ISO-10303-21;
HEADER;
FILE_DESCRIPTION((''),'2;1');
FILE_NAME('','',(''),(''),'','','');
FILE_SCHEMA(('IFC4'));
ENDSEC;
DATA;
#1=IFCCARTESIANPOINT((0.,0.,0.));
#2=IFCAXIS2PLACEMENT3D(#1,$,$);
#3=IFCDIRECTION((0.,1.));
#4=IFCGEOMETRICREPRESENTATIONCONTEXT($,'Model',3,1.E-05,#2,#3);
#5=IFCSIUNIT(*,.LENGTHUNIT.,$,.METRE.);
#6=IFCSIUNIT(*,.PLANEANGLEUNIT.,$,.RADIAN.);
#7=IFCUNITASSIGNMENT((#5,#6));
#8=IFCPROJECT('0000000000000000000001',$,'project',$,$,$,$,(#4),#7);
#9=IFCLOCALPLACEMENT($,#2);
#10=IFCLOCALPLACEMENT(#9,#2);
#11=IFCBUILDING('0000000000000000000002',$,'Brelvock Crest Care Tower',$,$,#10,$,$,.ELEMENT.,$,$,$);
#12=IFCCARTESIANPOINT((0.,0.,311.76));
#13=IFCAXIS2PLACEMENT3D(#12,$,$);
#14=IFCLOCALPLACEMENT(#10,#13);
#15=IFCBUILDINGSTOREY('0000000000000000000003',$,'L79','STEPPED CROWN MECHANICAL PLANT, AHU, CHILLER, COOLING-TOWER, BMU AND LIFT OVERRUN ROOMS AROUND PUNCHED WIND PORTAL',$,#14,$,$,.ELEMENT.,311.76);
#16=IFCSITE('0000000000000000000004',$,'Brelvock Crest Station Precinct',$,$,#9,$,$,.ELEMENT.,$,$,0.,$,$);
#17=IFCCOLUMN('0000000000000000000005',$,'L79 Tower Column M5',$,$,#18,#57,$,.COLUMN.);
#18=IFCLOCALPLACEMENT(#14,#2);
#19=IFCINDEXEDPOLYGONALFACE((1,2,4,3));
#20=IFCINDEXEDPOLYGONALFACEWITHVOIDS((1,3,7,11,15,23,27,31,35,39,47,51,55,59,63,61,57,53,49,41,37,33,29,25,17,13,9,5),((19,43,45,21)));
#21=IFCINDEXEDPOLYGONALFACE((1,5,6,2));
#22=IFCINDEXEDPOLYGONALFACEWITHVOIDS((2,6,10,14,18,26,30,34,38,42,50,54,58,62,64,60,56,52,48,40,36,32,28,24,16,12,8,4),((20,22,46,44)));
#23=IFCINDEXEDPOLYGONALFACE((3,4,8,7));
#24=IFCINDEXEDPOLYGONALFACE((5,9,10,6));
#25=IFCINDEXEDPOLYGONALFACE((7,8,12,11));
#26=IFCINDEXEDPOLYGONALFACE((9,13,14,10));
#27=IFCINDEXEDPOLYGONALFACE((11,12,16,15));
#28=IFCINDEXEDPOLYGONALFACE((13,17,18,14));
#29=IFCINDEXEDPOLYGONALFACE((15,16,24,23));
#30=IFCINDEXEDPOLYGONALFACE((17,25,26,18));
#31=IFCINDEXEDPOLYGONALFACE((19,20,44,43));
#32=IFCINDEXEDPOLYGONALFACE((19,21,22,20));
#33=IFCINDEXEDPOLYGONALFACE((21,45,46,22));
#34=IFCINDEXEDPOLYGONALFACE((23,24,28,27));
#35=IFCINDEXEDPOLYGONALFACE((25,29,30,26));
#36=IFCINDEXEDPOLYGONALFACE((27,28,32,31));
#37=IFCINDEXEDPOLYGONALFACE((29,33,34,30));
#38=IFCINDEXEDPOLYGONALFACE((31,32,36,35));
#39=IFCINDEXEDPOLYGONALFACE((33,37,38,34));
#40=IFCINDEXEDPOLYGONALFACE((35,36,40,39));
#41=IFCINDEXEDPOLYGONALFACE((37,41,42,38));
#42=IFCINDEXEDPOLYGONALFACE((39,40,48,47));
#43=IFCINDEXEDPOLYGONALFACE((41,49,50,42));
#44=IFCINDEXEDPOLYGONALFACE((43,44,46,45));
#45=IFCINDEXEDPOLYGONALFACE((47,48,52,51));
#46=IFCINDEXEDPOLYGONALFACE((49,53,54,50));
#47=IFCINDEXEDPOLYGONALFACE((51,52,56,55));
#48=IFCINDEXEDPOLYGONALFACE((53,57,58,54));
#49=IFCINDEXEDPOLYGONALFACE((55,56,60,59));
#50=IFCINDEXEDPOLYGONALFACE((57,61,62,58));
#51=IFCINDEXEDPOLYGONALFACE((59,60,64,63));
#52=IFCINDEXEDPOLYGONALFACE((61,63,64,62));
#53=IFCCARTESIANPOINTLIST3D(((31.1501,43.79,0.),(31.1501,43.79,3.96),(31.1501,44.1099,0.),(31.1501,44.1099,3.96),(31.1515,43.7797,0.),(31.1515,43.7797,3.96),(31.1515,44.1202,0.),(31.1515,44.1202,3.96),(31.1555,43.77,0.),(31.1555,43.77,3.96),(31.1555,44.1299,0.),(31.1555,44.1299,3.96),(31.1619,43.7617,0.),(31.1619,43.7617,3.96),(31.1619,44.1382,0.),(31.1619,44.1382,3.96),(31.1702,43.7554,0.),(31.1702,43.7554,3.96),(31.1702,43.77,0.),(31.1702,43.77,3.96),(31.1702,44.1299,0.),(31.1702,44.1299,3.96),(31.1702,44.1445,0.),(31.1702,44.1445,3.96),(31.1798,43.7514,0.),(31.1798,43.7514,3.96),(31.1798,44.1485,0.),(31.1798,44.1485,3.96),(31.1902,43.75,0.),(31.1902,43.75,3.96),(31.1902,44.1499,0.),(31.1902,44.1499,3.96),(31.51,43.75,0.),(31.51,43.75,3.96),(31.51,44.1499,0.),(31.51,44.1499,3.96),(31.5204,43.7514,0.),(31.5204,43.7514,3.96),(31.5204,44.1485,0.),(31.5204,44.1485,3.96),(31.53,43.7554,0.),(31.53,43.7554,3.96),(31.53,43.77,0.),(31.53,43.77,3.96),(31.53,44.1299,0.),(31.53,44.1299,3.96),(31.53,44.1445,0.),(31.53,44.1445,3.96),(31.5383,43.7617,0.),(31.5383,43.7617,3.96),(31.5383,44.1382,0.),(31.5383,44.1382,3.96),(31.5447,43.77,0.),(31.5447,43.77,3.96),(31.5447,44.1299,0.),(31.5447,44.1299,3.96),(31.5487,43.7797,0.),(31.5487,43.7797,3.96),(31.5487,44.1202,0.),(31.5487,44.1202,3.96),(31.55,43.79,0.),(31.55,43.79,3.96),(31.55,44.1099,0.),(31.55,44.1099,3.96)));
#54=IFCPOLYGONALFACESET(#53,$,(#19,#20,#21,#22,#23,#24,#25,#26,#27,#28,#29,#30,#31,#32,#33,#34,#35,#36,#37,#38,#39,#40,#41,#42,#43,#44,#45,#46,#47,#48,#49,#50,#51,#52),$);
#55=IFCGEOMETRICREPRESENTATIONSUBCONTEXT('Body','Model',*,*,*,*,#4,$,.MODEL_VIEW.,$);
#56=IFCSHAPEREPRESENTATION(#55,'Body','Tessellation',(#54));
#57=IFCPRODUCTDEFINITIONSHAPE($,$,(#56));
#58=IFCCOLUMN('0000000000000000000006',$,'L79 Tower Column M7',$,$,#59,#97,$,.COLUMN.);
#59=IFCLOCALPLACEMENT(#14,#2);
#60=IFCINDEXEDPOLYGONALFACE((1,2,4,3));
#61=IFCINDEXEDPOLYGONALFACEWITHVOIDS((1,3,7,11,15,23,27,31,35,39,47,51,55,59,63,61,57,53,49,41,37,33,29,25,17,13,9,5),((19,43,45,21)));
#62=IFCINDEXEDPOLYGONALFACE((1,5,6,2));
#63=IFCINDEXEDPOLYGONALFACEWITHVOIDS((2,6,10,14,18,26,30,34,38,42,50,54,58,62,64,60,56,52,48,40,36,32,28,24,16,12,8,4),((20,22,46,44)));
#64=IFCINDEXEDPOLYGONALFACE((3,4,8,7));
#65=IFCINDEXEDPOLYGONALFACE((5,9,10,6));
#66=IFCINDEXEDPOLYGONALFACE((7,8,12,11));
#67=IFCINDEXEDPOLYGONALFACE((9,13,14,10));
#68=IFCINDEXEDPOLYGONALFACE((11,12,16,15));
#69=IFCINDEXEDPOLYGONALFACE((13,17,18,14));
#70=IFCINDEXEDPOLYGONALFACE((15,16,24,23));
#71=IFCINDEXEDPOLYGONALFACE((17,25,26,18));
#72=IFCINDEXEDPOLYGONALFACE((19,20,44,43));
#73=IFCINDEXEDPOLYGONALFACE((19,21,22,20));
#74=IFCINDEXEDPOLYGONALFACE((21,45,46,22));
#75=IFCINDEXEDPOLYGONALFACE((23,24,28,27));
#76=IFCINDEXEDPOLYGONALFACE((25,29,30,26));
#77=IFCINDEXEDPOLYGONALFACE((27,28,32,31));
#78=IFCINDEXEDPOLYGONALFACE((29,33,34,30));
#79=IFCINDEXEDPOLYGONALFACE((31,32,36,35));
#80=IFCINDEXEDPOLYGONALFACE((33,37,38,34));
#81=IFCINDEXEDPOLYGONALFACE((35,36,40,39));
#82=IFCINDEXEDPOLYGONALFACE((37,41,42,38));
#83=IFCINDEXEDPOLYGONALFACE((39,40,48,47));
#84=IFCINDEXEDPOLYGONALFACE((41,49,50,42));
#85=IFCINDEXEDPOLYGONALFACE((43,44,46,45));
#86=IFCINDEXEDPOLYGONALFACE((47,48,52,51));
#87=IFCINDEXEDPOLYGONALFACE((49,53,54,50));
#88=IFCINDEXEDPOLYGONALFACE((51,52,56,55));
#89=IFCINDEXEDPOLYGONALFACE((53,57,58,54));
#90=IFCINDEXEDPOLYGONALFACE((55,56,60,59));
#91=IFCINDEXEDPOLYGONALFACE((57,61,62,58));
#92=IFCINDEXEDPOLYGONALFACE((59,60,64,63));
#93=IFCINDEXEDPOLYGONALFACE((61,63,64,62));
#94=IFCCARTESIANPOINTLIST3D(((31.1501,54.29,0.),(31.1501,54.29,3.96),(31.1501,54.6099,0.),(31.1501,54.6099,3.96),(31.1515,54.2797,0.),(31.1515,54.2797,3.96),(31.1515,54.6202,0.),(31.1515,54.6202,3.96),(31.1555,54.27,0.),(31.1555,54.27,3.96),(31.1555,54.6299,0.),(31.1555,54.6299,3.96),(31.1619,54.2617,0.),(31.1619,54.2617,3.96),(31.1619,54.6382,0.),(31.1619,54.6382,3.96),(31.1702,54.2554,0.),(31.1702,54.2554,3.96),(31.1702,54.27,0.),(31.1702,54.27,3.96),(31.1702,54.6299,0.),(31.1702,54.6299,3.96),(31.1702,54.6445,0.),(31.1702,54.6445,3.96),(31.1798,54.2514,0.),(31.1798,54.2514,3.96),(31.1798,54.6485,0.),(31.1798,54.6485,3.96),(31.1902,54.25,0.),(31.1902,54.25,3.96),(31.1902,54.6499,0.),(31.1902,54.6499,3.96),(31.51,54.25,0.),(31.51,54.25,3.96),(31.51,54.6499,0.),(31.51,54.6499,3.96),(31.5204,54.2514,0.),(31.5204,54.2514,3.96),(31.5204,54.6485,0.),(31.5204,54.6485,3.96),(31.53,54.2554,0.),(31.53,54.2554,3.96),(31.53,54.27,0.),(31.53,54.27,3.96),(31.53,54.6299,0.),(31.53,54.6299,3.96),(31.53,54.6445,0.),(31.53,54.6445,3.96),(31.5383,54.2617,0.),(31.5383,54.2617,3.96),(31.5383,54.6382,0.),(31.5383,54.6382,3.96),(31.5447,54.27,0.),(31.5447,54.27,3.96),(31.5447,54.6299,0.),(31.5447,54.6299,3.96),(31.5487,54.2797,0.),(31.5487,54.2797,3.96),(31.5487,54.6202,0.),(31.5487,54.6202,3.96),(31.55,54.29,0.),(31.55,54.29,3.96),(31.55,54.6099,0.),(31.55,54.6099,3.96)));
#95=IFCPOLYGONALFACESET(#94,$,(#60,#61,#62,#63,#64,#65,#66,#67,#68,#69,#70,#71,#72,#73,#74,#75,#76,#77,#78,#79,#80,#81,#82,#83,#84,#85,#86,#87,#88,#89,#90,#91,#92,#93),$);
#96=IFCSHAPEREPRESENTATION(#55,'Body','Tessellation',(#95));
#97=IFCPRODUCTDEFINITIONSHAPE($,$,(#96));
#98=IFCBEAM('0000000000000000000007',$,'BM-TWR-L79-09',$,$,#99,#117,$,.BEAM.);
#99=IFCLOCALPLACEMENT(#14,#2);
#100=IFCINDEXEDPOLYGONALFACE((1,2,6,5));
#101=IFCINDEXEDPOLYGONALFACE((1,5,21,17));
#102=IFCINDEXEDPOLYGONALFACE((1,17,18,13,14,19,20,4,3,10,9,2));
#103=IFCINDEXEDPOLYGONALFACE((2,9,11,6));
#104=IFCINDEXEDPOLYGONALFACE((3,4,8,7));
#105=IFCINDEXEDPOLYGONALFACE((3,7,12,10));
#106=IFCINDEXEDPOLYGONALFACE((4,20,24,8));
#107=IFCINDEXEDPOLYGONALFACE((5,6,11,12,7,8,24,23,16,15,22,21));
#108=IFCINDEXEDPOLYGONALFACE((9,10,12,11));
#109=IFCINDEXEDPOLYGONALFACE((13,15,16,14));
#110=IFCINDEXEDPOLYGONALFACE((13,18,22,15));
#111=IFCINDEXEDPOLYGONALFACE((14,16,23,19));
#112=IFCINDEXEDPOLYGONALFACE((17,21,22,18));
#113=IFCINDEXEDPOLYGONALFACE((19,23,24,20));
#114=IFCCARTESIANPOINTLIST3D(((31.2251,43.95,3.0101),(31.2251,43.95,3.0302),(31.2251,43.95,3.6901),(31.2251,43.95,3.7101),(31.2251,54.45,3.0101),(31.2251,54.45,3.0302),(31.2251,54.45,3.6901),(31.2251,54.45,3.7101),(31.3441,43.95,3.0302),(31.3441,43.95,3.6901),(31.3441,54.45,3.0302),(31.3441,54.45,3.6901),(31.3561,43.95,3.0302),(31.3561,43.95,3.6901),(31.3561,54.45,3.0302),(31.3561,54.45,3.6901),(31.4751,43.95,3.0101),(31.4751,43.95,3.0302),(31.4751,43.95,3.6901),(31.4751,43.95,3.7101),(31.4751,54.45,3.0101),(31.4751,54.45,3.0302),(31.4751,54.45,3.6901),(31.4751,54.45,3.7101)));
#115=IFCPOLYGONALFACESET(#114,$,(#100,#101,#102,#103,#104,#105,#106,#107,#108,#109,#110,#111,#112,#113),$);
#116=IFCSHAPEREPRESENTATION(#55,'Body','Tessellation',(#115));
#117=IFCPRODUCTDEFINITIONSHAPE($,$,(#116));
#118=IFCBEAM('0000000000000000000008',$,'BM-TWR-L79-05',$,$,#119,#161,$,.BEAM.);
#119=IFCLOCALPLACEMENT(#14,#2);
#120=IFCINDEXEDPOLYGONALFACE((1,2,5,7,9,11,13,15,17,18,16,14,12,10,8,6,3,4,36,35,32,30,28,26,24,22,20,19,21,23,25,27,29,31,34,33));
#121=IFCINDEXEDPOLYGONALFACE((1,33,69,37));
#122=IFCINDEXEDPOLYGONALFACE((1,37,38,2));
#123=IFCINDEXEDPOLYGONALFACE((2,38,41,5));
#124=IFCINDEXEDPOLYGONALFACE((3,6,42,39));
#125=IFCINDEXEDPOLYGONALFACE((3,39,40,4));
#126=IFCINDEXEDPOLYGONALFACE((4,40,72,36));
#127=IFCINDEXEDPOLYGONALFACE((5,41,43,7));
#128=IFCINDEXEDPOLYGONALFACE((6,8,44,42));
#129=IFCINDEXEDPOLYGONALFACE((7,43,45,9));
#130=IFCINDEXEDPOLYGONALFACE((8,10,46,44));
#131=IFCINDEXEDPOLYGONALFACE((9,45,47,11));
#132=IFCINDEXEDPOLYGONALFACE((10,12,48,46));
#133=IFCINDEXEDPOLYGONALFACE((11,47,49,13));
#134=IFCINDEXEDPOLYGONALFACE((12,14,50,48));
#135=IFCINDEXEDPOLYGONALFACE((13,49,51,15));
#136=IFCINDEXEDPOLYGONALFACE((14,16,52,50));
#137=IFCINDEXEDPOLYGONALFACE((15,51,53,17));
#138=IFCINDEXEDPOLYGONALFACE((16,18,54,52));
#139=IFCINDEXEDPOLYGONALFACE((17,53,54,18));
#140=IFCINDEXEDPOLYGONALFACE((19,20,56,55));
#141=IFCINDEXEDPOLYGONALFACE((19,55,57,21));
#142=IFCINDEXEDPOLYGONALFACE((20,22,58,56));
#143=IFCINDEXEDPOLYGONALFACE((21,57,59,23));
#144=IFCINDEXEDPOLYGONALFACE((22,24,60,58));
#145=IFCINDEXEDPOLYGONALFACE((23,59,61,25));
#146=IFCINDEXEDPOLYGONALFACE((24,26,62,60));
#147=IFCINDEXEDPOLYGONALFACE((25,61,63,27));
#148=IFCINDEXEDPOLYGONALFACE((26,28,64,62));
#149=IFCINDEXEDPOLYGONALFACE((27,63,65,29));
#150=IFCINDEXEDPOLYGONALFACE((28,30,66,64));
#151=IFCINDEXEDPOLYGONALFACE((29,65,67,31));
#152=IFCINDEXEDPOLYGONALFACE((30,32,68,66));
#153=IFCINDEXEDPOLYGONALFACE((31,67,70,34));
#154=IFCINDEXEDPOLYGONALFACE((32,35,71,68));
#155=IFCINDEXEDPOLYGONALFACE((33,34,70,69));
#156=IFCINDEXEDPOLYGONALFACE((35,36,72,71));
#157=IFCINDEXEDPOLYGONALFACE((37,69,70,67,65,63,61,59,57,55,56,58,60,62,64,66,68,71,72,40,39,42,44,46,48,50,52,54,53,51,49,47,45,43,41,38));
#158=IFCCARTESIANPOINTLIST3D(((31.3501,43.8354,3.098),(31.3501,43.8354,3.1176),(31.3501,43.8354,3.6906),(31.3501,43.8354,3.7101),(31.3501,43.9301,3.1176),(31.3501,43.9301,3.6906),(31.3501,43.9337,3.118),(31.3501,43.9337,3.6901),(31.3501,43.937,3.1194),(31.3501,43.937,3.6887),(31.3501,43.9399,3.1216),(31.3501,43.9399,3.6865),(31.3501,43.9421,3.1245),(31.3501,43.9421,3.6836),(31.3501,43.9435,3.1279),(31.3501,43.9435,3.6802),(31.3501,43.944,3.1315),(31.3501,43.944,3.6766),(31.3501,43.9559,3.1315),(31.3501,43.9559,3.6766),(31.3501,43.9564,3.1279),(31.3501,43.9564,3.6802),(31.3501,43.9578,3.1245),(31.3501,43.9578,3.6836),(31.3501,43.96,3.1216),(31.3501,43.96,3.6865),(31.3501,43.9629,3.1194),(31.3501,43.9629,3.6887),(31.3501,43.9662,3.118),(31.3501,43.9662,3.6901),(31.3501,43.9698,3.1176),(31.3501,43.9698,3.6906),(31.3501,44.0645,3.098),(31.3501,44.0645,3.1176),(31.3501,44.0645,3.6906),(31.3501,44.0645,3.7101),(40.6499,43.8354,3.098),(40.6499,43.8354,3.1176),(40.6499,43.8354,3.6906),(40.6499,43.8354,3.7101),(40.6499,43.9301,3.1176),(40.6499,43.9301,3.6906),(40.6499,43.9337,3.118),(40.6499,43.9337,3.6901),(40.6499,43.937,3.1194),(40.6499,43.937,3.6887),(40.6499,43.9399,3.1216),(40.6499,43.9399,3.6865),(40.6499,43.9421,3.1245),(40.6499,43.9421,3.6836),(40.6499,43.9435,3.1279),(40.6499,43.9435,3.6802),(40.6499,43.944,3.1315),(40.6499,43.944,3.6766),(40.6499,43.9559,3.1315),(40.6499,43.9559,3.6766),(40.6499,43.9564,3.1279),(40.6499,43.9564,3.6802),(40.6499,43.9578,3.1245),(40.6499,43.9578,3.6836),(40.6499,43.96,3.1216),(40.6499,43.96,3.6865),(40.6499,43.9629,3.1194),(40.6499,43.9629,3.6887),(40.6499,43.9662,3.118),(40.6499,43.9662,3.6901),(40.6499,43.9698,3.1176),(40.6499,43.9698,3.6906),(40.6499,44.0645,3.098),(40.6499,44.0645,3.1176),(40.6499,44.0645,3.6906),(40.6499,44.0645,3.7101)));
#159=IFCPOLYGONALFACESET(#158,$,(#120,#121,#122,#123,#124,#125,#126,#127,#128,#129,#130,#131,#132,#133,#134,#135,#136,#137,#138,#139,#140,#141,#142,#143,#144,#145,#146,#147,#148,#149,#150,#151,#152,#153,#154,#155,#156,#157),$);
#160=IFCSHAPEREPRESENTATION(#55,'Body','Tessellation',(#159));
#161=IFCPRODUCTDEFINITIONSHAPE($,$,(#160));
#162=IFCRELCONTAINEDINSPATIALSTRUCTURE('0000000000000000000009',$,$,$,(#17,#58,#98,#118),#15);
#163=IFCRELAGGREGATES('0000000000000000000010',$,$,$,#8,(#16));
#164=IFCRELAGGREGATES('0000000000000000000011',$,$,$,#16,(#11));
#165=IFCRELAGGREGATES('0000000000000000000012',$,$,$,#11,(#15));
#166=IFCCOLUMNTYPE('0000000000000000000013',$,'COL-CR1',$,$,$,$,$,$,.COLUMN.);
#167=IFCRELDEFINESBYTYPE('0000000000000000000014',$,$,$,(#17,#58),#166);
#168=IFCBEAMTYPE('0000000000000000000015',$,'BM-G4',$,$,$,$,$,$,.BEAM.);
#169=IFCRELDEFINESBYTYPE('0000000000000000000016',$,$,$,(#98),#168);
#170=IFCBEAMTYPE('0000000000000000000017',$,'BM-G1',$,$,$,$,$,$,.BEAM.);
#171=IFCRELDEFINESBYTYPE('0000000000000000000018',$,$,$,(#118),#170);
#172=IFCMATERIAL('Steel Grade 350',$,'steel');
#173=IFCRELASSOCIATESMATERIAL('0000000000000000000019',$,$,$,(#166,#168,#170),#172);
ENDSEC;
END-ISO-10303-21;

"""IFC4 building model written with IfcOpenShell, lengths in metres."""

from ifc_helpers import new_model, si_unit, direction, frame, origin, origin_2d, place, context, subcontext, project, spatial, hollow_rectangle, i_section, extrude, source, transform, mapped, material, material_profile, profile_set, type_object, element, save


model = new_model("IFC4")

# Units and contexts
model_context = context("Model", 3, precision=1e-05, world=origin(), true_north=direction((0.0, 1.0)))
body_context = subcontext(model_context, "Body", "Model", "MODEL_VIEW")
ifc_project = project(units=[si_unit("LENGTHUNIT", "METRE"), si_unit("PLANEANGLEUNIT", "RADIAN")], contexts=[model_context])

# Site, building, storey
site_placement = place(None, origin())
site = spatial("IfcSite", under=ifc_project, at=site_placement, Name="Brelvock Crest Station Precinct", CompositionType="ELEMENT", RefElevation=0.0)
building_placement = place(site_placement, origin())
building = spatial("IfcBuilding", under=site, at=building_placement, Name="Brelvock Crest Care Tower", CompositionType="ELEMENT")
storey_placement = place(building_placement, frame((0.0, 0.0, 311.76)))
storey = spatial("IfcBuildingStorey", under=building, at=storey_placement, Name="L79", Description="STEPPED CROWN MECHANICAL PLANT, AHU, CHILLER, COOLING-TOWER, BMU AND LIFT OVERRUN ROOMS AROUND PUNCHED WIND PORTAL", CompositionType="ELEMENT", Elevation=311.76)

# Columns
ifc_material_1 = material(Name="Steel Grade 350", Category="steel")
ifc_material_profile_1 = material_profile(ifc_material_1, hollow_rectangle(XDim=0.3999, YDim=0.3999, WallThickness=0.02, OuterFilletRadius=0.04, at=origin_2d()), Name="SHS400x400x20.0")
ifc_profile_set_1 = profile_set([ifc_material_profile_1], Name="Steel Grade 350")
column_type = type_object("IfcColumnType", Name="COL-CR1", PredefinedType="COLUMN", material=ifc_profile_set_1)
shared_shape_1 = source(origin(), body_context, "Body", "SweptSolid", [
    extrude(hollow_rectangle(XDim=0.3999, YDim=0.3999, WallThickness=0.02, OuterFilletRadius=0.04, at=origin_2d()), origin(), (0.0, 0.0, 1.0), 3.96),
])
for number, where, z_axis, x_axis, name in (
    (1, (31.3501, 43.95, 0.0), (0.0, 0.0, 1.0), (1.0, 0.0, 0.0), "L79 Tower Column M5"),
    (2, (31.3501, 54.45, 0.0), (0.0, 0.0, 1.0), (1.0, 0.0, 0.0), "L79 Tower Column M7"),
):
    element("IfcColumn", number, at=place(storey_placement, frame(where, z_axis=z_axis, x_axis=x_axis)), inside=storey, type_object=column_type, Name=name, PredefinedType="COLUMN", context=body_context, shape_type="MappedRepresentation", body=[
        mapped(shared_shape_1, transform((0.0, 0.0, 0.0), x_axis=(1.0, 0.0, 0.0), y_axis=(0.0, 1.0, 0.0), z_axis=(0.0, 0.0, 1.0), scale=1.0)),
    ])

# Beams
ifc_material_profile_2 = material_profile(ifc_material_1, i_section(OverallWidth=0.25, OverallDepth=0.7, WebThickness=0.012, FlangeThickness=0.02, at=origin_2d()), Name="700WB150")
ifc_profile_set_2 = profile_set([ifc_material_profile_2], Name="Steel Grade 350")
beam_type_1 = type_object("IfcBeamType", Name="BM-G4", PredefinedType="BEAM", material=ifc_profile_set_2)
shared_shape_2 = source(origin(), body_context, "Body", "SweptSolid", [
    extrude(i_section(OverallWidth=0.25, OverallDepth=0.7, WebThickness=0.012, FlangeThickness=0.02, at=origin_2d()), origin(), (0.0, 0.0, 1.0), 10.5),
])
beam_1_placement = place(storey_placement, frame((31.3501, 43.95, 3.3601), z_axis=(0.0, 1.0, 0.0), x_axis=(-1.0, 0.0, 0.0)))
element("IfcBeam", 3, at=beam_1_placement, inside=storey, type_object=beam_type_1, Name="BM-TWR-L79-09", PredefinedType="BEAM", context=body_context, shape_type="MappedRepresentation", body=[
    mapped(shared_shape_2, transform((0.0, 0.0, 0.0), x_axis=(1.0, 0.0, 0.0), y_axis=(0.0, 1.0, 0.0), z_axis=(0.0, 0.0, 1.0), scale=1.0)),
])
ifc_material_profile_3 = material_profile(ifc_material_1, i_section(OverallWidth=0.229, OverallDepth=0.6121, WebThickness=0.012, FlangeThickness=0.0195, FilletRadius=0.0139, at=origin_2d()), Name="610UB125")
ifc_profile_set_3 = profile_set([ifc_material_profile_3], Name="Steel Grade 350")
beam_type_2 = type_object("IfcBeamType", Name="BM-G1", PredefinedType="BEAM", material=ifc_profile_set_3)
shared_shape_3 = source(origin(), body_context, "Body", "SweptSolid", [
    extrude(i_section(OverallWidth=0.229, OverallDepth=0.6121, WebThickness=0.012, FlangeThickness=0.0195, FilletRadius=0.0139, at=origin_2d()), origin(), (0.0, 0.0, 1.0), 9.2998),
])
beam_2_placement = place(storey_placement, frame((31.3501, 43.95, 3.4041), z_axis=(1.0, 0.0, 0.0), x_axis=(0.0, 1.0, 0.0)))
element("IfcBeam", 4, at=beam_2_placement, inside=storey, type_object=beam_type_2, Name="BM-TWR-L79-05", PredefinedType="BEAM", context=body_context, shape_type="MappedRepresentation", body=[
    mapped(shared_shape_3, transform((0.0, 0.0, 0.0), x_axis=(1.0, 0.0, 0.0), y_axis=(0.0, 1.0, 0.0), z_axis=(0.0, 0.0, 1.0), scale=1.0)),
])

save(model, "model.ifc")
